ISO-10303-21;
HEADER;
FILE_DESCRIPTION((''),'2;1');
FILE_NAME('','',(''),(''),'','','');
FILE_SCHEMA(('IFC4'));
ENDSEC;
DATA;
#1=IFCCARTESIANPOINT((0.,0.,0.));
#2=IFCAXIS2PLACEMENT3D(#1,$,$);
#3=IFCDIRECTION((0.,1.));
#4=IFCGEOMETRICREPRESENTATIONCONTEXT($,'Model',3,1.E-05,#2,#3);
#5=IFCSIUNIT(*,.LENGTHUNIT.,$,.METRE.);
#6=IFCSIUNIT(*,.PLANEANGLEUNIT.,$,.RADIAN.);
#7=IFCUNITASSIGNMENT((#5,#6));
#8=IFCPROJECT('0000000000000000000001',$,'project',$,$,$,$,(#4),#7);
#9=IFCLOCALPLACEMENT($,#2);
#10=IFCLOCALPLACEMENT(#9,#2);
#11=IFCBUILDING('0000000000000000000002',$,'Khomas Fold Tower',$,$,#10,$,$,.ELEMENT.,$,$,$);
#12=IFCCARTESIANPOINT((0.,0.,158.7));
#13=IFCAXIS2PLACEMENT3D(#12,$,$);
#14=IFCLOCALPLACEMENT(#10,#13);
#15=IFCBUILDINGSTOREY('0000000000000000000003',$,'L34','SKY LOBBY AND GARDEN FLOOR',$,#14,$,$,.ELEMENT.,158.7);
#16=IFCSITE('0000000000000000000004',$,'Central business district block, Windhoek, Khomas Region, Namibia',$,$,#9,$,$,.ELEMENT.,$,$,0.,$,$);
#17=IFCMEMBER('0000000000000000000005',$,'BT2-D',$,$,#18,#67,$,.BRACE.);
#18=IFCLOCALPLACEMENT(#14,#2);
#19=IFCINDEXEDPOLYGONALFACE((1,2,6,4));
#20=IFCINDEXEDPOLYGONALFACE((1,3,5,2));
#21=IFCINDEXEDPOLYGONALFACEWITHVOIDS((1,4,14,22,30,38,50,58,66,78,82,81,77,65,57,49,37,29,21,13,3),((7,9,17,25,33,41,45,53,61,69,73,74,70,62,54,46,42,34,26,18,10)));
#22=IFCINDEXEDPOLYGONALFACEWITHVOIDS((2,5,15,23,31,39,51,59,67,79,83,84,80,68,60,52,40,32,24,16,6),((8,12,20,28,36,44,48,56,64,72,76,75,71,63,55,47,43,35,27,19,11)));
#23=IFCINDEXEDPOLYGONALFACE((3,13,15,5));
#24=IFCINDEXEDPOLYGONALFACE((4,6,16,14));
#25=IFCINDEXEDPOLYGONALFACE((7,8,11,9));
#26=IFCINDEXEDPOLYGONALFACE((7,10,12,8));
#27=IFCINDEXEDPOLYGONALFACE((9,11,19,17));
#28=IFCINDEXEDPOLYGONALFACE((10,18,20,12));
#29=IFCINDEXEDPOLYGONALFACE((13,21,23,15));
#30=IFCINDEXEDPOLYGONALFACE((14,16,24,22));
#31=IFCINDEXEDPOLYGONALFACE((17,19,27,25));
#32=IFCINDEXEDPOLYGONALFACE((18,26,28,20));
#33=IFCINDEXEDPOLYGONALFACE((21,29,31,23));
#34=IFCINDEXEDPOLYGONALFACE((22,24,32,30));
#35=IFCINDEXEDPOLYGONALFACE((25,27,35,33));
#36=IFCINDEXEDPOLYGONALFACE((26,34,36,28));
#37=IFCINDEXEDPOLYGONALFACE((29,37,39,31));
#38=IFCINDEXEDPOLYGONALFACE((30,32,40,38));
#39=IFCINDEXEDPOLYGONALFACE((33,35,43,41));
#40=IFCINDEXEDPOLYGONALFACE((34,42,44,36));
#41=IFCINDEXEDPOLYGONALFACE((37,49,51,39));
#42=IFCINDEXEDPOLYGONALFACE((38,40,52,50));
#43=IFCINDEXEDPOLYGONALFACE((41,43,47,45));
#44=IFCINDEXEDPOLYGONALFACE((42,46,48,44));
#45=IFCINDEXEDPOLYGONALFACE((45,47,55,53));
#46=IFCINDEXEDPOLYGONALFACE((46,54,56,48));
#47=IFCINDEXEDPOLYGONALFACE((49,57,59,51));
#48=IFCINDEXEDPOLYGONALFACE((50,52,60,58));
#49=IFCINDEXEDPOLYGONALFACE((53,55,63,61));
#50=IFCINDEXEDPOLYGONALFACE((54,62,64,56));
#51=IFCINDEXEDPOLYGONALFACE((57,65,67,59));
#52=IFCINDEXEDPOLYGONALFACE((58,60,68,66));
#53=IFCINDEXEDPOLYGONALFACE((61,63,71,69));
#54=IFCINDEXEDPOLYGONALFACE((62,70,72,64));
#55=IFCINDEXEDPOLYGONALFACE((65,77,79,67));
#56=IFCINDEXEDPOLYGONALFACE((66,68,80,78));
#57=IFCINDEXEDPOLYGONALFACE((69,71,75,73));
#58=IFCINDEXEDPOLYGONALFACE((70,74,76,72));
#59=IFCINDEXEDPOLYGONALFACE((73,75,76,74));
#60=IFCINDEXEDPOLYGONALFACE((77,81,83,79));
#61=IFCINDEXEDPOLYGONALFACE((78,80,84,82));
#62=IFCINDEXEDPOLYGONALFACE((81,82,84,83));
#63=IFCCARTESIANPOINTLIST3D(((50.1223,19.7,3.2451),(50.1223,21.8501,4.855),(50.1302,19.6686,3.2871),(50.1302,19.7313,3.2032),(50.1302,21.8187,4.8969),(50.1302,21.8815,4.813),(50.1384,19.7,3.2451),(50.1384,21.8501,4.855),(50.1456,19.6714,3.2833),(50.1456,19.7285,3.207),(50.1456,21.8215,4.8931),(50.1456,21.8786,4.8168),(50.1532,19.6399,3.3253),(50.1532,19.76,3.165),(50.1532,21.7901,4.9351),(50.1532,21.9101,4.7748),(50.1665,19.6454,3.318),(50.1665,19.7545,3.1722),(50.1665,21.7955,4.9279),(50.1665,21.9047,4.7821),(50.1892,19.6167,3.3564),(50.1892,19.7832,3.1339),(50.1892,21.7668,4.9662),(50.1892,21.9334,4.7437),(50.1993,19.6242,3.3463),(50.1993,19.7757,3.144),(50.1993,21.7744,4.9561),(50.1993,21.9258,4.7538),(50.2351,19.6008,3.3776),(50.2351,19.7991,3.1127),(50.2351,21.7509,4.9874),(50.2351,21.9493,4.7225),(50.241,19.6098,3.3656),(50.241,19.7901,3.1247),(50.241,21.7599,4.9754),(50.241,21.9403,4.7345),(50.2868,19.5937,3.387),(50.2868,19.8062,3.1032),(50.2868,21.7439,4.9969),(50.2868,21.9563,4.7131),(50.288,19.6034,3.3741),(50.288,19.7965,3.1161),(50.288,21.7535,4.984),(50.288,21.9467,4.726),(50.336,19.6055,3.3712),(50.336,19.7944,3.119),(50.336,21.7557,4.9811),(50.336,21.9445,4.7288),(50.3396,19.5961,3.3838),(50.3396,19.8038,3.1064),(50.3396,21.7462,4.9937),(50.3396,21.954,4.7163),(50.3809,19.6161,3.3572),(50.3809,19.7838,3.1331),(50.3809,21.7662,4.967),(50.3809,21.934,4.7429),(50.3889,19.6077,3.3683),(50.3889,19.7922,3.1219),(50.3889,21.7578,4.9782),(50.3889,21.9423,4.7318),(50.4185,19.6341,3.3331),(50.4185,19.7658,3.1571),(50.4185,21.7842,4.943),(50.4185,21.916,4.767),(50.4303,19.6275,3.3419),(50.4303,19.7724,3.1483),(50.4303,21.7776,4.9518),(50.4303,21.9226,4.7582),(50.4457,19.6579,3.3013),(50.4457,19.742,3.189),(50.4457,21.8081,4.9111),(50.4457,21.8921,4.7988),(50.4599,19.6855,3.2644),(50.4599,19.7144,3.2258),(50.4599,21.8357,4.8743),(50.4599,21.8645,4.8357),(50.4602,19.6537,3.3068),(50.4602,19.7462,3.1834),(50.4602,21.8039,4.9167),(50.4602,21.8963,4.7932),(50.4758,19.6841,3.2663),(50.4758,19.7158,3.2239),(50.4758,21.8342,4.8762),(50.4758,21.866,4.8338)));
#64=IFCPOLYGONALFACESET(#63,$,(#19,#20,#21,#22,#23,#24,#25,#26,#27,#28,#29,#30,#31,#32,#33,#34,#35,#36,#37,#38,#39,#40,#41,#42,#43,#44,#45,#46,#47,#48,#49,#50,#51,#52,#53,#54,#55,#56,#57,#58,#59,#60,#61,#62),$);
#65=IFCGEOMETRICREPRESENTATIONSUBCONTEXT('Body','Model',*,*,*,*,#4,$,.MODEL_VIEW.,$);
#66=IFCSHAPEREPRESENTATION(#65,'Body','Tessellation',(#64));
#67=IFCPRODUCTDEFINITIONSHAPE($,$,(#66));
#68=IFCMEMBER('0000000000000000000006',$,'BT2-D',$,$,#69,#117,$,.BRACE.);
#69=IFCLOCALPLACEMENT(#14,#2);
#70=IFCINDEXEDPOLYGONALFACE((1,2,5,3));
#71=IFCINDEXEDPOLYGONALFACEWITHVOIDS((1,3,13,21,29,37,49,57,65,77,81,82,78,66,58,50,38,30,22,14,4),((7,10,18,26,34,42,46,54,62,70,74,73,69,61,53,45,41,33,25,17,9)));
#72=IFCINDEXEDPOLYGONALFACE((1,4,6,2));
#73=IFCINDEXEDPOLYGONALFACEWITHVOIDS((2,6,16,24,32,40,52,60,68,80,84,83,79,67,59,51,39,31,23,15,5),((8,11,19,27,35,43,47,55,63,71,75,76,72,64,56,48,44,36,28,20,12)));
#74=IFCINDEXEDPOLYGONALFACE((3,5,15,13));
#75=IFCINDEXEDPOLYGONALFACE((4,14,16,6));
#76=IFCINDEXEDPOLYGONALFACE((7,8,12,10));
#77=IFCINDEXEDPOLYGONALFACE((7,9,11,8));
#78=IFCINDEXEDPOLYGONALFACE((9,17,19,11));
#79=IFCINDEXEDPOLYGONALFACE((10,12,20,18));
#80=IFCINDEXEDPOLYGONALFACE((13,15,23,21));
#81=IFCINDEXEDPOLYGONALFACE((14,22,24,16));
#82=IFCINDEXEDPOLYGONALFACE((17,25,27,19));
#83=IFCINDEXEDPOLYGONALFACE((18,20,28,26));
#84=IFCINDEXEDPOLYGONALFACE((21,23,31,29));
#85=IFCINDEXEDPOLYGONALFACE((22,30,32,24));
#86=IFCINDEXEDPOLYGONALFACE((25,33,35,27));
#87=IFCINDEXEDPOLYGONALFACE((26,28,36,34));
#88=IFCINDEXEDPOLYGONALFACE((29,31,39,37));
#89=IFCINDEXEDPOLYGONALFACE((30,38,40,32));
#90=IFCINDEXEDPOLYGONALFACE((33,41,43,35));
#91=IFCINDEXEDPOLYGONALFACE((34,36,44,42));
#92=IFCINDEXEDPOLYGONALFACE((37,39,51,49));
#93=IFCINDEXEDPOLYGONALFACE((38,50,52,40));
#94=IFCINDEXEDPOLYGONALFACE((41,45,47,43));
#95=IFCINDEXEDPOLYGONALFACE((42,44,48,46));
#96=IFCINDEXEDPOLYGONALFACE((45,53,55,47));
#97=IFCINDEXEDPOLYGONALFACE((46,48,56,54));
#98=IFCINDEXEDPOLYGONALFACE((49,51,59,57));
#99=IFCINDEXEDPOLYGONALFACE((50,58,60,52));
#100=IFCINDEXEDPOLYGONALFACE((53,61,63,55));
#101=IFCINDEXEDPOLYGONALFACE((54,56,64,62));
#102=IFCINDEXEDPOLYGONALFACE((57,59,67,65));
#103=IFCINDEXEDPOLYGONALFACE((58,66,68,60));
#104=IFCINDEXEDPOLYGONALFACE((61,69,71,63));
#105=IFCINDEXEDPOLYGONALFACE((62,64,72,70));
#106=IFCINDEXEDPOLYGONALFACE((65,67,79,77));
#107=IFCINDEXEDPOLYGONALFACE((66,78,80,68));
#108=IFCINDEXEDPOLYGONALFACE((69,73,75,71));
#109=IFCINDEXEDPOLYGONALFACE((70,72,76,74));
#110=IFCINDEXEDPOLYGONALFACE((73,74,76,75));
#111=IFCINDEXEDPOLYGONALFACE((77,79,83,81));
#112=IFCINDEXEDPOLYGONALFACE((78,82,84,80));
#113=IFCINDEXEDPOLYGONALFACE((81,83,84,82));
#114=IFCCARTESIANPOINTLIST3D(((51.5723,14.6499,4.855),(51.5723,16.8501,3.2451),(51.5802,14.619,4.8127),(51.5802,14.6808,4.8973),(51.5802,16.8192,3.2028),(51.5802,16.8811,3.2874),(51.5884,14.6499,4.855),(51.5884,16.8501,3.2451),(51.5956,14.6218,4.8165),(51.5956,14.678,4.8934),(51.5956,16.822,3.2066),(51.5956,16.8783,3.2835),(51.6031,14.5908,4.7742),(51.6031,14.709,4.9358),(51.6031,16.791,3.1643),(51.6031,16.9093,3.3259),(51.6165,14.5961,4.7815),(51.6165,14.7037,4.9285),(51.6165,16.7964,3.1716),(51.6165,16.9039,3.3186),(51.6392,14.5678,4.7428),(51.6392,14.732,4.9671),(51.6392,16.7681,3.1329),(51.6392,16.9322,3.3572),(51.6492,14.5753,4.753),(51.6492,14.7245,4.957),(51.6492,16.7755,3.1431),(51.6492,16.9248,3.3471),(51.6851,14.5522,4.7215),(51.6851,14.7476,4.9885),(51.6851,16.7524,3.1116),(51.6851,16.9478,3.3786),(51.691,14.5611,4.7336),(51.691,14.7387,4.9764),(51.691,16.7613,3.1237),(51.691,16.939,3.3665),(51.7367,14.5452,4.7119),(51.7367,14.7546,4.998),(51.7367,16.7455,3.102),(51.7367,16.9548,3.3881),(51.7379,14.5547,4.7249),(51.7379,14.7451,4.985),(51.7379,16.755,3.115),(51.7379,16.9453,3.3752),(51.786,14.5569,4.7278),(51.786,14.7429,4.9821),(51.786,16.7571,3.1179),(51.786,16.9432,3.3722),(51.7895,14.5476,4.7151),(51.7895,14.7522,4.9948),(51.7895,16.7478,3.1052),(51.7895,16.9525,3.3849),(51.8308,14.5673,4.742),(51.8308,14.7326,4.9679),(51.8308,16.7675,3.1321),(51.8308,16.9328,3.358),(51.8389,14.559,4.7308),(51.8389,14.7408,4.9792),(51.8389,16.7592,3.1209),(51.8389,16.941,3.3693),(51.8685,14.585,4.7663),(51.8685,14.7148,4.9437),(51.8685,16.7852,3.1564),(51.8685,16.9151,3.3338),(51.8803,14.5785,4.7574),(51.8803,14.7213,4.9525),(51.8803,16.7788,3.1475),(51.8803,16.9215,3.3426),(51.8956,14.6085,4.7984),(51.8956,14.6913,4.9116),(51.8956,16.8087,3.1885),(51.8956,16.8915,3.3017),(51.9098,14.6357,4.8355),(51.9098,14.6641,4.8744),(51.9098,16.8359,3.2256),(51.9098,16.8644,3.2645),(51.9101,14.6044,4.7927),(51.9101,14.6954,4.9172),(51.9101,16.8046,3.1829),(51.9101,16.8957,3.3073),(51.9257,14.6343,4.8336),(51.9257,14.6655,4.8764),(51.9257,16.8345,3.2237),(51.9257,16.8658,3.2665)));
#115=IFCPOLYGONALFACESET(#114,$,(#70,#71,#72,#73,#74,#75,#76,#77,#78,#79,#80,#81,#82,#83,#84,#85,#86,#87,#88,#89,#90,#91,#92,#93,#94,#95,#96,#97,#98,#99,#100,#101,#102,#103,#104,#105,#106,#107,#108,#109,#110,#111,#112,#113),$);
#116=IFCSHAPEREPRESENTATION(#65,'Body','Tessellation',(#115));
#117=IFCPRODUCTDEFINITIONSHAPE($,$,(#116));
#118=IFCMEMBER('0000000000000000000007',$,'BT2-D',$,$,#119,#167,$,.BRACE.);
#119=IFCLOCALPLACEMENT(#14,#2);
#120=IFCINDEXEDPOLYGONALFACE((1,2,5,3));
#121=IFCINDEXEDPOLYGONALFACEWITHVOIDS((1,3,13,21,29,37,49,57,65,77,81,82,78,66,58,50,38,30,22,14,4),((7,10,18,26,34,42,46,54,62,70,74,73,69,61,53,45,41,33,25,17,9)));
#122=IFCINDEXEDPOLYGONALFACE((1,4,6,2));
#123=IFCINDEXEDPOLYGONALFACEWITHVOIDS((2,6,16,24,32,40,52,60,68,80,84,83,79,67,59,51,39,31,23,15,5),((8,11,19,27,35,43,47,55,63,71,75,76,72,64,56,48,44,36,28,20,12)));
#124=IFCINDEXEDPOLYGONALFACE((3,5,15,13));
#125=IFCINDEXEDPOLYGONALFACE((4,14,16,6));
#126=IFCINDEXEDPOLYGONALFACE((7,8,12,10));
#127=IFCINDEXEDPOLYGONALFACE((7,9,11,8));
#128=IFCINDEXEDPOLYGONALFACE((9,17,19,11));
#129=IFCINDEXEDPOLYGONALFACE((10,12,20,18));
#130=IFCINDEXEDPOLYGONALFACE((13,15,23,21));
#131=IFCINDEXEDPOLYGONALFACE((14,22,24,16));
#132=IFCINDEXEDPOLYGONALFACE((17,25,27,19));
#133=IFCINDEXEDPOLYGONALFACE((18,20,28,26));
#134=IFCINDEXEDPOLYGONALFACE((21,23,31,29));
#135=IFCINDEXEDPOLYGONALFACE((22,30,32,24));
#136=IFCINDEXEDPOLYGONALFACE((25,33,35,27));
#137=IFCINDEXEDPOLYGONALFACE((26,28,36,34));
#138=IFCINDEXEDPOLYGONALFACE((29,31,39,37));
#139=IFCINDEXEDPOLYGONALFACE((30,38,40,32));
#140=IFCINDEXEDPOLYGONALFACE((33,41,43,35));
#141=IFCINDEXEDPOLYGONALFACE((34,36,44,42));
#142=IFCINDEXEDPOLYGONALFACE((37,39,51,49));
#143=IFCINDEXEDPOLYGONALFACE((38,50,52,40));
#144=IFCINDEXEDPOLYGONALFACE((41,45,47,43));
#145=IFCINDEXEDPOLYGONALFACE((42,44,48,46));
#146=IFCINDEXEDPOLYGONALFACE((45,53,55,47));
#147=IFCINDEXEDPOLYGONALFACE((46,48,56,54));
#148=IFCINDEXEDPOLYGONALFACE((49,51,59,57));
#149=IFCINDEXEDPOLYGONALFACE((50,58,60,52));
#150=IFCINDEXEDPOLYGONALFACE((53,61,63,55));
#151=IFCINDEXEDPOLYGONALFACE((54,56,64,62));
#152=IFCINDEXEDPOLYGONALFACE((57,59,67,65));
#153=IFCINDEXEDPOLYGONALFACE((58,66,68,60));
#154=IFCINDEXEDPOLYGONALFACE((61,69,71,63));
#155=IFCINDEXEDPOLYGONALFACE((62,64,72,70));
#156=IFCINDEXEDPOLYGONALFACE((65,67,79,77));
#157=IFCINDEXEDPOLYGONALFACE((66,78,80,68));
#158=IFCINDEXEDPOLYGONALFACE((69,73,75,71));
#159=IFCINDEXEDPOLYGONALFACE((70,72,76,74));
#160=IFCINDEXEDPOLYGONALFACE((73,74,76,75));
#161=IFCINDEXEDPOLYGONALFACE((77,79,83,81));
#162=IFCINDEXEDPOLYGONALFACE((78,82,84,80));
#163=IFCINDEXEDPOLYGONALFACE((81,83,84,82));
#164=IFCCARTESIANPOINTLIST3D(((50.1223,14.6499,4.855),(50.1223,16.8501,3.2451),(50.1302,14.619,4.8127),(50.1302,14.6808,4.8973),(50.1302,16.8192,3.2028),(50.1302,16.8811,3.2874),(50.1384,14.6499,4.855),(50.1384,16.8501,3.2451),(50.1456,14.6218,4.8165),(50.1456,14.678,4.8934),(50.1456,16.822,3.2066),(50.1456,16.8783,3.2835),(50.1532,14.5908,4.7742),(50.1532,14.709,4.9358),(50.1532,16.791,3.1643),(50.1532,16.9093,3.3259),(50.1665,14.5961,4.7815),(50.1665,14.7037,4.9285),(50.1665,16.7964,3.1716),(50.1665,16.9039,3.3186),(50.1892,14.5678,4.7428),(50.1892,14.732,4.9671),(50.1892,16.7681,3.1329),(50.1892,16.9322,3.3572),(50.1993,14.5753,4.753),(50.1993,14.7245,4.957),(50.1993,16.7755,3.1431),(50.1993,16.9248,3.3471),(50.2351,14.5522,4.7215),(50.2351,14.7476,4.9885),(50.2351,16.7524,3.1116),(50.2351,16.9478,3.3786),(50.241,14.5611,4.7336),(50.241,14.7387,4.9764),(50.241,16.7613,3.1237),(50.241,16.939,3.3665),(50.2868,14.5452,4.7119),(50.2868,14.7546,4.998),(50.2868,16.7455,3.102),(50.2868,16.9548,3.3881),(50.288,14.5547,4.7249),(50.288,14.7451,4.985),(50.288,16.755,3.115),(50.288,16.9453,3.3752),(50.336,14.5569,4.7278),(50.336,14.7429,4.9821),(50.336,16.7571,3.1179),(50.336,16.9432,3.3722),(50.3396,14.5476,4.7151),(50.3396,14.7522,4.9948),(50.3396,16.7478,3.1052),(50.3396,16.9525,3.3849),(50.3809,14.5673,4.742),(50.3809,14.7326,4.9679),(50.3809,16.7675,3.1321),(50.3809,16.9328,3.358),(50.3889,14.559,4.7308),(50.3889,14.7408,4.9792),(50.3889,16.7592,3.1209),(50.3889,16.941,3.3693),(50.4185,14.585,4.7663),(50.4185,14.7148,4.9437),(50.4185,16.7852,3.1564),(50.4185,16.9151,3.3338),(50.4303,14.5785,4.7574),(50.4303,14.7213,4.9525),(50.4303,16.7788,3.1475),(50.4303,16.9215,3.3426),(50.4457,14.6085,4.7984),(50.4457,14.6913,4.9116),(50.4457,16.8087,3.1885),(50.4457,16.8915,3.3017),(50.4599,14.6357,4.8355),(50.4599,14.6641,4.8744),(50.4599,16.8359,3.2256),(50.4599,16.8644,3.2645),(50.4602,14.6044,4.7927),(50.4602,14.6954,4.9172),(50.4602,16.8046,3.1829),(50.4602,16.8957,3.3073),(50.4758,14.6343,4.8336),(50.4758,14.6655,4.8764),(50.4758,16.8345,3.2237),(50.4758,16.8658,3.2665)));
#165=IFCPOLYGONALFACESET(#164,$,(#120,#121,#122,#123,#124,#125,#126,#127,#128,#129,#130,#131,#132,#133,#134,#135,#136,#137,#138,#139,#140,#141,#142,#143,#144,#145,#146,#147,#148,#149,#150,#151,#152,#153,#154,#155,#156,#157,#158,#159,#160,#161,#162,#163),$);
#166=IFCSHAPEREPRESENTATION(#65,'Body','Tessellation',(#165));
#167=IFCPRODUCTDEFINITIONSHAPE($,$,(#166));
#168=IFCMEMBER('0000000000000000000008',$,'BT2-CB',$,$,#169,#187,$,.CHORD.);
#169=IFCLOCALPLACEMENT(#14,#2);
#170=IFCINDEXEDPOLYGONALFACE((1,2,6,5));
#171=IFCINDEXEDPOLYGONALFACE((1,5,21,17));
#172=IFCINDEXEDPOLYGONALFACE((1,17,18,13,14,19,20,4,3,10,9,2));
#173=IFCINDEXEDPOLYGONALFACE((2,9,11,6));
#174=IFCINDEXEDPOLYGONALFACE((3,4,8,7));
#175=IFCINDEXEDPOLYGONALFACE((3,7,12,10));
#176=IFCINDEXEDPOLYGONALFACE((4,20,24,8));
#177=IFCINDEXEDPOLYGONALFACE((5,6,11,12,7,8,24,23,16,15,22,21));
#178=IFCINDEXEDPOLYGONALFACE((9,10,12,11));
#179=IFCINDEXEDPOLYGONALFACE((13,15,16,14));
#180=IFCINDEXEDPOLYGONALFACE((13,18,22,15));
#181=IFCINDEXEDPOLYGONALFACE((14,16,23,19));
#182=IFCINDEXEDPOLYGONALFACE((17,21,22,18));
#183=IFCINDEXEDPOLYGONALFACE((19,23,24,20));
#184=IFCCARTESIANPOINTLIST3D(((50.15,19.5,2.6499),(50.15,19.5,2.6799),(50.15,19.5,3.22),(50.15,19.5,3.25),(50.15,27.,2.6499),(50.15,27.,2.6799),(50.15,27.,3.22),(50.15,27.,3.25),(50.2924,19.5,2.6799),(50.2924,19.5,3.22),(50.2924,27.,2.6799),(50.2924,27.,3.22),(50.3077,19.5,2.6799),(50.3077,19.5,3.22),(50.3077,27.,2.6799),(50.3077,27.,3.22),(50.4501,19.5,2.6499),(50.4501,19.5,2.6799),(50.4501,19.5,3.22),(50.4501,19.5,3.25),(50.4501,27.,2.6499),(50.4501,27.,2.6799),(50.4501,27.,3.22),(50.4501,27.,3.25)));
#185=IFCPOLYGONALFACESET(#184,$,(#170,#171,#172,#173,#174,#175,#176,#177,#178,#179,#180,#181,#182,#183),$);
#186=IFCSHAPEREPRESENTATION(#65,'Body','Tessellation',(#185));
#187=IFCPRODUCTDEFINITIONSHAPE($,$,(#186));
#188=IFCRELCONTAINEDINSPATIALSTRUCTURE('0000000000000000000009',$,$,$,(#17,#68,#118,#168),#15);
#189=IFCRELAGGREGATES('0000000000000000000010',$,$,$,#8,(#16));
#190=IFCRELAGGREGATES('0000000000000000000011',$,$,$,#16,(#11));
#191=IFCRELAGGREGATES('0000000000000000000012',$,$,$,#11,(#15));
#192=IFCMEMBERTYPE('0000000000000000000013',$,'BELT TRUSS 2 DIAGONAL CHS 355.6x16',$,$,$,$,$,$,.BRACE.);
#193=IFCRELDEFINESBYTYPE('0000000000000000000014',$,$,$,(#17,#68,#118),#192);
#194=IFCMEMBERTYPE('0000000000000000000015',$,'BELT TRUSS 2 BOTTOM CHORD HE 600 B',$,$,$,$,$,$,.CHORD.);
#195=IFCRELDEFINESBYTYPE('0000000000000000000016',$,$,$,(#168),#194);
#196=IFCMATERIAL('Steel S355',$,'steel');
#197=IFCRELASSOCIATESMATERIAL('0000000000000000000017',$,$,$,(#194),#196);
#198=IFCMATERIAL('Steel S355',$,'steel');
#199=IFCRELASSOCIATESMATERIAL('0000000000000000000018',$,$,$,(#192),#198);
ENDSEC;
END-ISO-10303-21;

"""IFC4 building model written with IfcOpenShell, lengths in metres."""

from ifc_helpers import new_model, si_unit, direction, frame, origin, origin_2d, place, context, subcontext, project, spatial, hollow_circle, i_section, extrude, source, transform, mapped, material, material_profile, profile_set, type_object, element, save


model = new_model("IFC4")

# Units and contexts
model_context = context("Model", 3, precision=1e-05, world=origin(), true_north=direction((0.0, 1.0)))
body_context = subcontext(model_context, "Body", "Model", "MODEL_VIEW")
ifc_project = project(units=[si_unit("LENGTHUNIT", "METRE"), si_unit("PLANEANGLEUNIT", "RADIAN")], contexts=[model_context])

# Site, building, storey
site_placement = place(None, origin())
site = spatial("IfcSite", under=ifc_project, at=site_placement, Name="Central business district block, Windhoek, Khomas Region, Namibia", CompositionType="ELEMENT", RefElevation=0.0)
building_placement = place(site_placement, origin())
building = spatial("IfcBuilding", under=site, at=building_placement, Name="Khomas Fold Tower", CompositionType="ELEMENT")
storey_placement = place(building_placement, frame((0.0, 0.0, 158.7)))
storey = spatial("IfcBuildingStorey", under=building, at=storey_placement, Name="L34", Description="SKY LOBBY AND GARDEN FLOOR", CompositionType="ELEMENT", Elevation=158.7)

# Members
ifc_material_1 = material(Name="Steel S355", Category="steel")
ifc_material_profile_1 = material_profile(ifc_material_1, i_section(OverallWidth=0.3, OverallDepth=0.6001, WebThickness=0.0154, FlangeThickness=0.03, at=origin_2d()), Name="HE 600 B")
ifc_profile_set_1 = profile_set([ifc_material_profile_1], Name="Steel S355")
member_type_1 = type_object("IfcMemberType", Name="BELT TRUSS 2 BOTTOM CHORD HE 600 B", PredefinedType="CHORD", material=ifc_profile_set_1)
ifc_material_2 = material(Name="Steel S355", Category="steel")
ifc_material_profile_2 = material_profile(ifc_material_2, hollow_circle(Radius=0.1777, WallThickness=0.0161, at=origin_2d()), Name="CHS 355.6x16")
ifc_profile_set_2 = profile_set([ifc_material_profile_2], Name="Steel S355")
member_type_2 = type_object("IfcMemberType", Name="BELT TRUSS 2 DIAGONAL CHS 355.6x16", PredefinedType="BRACE", material=ifc_profile_set_2)
shared_shape_1 = source(origin(), body_context, "Body", "SweptSolid", [
    extrude(hollow_circle(Radius=0.1777, WallThickness=0.0161, at=origin_2d()), origin(), (0.0, 0.0, 1.0), 2.686),
])
for number, where, z_axis, x_axis, name in (
    (1, (50.3, 19.7, 3.2451), (0.0, 0.800491, 0.599345), (-1.0, 0.0, 0.0), "BT2-D"),
):
    element("IfcMember", number, at=place(storey_placement, frame(where, z_axis=z_axis, x_axis=x_axis)), inside=storey, type_object=member_type_2, Name=name, PredefinedType="BRACE", context=body_context, shape_type="MappedRepresentation", body=[
        mapped(shared_shape_1, transform((0.0, 0.0, 0.0))),
    ])
shared_shape_2 = source(origin(), body_context, "Body", "SweptSolid", [
    extrude(hollow_circle(Radius=0.1777, WallThickness=0.0161, at=origin_2d()), origin(), (0.0, 0.0, 1.0), 2.7263),
])
for number, where, z_axis, x_axis, name in (
    (2, (51.75, 14.6499, 4.855), (0.0, 0.807037, -0.590501), (-1.0, 0.0, 0.0), "BT2-D"),
    (3, (50.3, 14.6499, 4.855), (0.0, 0.807037, -0.590501), (-1.0, 0.0, 0.0), "BT2-D"),
):
    element("IfcMember", number, at=place(storey_placement, frame(where, z_axis=z_axis, x_axis=x_axis)), inside=storey, type_object=member_type_2, Name=name, PredefinedType="BRACE", context=body_context, shape_type="MappedRepresentation", body=[
        mapped(shared_shape_2, transform((0.0, 0.0, 0.0))),
    ])
shared_shape_3 = source(origin(), body_context, "Body", "SweptSolid", [
    extrude(i_section(OverallWidth=0.3, OverallDepth=0.6001, WebThickness=0.0154, FlangeThickness=0.03, at=origin_2d()), origin(), (0.0, 0.0, 1.0), 7.5),
])
member_1_placement = place(storey_placement, frame((50.3, 19.5, 2.95), z_axis=(0.0, 1.0, 0.0), x_axis=(-1.0, 0.0, 0.0)))
element("IfcMember", 4, at=member_1_placement, inside=storey, type_object=member_type_1, Name="BT2-CB", PredefinedType="CHORD", context=body_context, shape_type="MappedRepresentation", body=[
    mapped(shared_shape_3, transform((0.0, 0.0, 0.0))),
])

save(model, "model.ifc")
